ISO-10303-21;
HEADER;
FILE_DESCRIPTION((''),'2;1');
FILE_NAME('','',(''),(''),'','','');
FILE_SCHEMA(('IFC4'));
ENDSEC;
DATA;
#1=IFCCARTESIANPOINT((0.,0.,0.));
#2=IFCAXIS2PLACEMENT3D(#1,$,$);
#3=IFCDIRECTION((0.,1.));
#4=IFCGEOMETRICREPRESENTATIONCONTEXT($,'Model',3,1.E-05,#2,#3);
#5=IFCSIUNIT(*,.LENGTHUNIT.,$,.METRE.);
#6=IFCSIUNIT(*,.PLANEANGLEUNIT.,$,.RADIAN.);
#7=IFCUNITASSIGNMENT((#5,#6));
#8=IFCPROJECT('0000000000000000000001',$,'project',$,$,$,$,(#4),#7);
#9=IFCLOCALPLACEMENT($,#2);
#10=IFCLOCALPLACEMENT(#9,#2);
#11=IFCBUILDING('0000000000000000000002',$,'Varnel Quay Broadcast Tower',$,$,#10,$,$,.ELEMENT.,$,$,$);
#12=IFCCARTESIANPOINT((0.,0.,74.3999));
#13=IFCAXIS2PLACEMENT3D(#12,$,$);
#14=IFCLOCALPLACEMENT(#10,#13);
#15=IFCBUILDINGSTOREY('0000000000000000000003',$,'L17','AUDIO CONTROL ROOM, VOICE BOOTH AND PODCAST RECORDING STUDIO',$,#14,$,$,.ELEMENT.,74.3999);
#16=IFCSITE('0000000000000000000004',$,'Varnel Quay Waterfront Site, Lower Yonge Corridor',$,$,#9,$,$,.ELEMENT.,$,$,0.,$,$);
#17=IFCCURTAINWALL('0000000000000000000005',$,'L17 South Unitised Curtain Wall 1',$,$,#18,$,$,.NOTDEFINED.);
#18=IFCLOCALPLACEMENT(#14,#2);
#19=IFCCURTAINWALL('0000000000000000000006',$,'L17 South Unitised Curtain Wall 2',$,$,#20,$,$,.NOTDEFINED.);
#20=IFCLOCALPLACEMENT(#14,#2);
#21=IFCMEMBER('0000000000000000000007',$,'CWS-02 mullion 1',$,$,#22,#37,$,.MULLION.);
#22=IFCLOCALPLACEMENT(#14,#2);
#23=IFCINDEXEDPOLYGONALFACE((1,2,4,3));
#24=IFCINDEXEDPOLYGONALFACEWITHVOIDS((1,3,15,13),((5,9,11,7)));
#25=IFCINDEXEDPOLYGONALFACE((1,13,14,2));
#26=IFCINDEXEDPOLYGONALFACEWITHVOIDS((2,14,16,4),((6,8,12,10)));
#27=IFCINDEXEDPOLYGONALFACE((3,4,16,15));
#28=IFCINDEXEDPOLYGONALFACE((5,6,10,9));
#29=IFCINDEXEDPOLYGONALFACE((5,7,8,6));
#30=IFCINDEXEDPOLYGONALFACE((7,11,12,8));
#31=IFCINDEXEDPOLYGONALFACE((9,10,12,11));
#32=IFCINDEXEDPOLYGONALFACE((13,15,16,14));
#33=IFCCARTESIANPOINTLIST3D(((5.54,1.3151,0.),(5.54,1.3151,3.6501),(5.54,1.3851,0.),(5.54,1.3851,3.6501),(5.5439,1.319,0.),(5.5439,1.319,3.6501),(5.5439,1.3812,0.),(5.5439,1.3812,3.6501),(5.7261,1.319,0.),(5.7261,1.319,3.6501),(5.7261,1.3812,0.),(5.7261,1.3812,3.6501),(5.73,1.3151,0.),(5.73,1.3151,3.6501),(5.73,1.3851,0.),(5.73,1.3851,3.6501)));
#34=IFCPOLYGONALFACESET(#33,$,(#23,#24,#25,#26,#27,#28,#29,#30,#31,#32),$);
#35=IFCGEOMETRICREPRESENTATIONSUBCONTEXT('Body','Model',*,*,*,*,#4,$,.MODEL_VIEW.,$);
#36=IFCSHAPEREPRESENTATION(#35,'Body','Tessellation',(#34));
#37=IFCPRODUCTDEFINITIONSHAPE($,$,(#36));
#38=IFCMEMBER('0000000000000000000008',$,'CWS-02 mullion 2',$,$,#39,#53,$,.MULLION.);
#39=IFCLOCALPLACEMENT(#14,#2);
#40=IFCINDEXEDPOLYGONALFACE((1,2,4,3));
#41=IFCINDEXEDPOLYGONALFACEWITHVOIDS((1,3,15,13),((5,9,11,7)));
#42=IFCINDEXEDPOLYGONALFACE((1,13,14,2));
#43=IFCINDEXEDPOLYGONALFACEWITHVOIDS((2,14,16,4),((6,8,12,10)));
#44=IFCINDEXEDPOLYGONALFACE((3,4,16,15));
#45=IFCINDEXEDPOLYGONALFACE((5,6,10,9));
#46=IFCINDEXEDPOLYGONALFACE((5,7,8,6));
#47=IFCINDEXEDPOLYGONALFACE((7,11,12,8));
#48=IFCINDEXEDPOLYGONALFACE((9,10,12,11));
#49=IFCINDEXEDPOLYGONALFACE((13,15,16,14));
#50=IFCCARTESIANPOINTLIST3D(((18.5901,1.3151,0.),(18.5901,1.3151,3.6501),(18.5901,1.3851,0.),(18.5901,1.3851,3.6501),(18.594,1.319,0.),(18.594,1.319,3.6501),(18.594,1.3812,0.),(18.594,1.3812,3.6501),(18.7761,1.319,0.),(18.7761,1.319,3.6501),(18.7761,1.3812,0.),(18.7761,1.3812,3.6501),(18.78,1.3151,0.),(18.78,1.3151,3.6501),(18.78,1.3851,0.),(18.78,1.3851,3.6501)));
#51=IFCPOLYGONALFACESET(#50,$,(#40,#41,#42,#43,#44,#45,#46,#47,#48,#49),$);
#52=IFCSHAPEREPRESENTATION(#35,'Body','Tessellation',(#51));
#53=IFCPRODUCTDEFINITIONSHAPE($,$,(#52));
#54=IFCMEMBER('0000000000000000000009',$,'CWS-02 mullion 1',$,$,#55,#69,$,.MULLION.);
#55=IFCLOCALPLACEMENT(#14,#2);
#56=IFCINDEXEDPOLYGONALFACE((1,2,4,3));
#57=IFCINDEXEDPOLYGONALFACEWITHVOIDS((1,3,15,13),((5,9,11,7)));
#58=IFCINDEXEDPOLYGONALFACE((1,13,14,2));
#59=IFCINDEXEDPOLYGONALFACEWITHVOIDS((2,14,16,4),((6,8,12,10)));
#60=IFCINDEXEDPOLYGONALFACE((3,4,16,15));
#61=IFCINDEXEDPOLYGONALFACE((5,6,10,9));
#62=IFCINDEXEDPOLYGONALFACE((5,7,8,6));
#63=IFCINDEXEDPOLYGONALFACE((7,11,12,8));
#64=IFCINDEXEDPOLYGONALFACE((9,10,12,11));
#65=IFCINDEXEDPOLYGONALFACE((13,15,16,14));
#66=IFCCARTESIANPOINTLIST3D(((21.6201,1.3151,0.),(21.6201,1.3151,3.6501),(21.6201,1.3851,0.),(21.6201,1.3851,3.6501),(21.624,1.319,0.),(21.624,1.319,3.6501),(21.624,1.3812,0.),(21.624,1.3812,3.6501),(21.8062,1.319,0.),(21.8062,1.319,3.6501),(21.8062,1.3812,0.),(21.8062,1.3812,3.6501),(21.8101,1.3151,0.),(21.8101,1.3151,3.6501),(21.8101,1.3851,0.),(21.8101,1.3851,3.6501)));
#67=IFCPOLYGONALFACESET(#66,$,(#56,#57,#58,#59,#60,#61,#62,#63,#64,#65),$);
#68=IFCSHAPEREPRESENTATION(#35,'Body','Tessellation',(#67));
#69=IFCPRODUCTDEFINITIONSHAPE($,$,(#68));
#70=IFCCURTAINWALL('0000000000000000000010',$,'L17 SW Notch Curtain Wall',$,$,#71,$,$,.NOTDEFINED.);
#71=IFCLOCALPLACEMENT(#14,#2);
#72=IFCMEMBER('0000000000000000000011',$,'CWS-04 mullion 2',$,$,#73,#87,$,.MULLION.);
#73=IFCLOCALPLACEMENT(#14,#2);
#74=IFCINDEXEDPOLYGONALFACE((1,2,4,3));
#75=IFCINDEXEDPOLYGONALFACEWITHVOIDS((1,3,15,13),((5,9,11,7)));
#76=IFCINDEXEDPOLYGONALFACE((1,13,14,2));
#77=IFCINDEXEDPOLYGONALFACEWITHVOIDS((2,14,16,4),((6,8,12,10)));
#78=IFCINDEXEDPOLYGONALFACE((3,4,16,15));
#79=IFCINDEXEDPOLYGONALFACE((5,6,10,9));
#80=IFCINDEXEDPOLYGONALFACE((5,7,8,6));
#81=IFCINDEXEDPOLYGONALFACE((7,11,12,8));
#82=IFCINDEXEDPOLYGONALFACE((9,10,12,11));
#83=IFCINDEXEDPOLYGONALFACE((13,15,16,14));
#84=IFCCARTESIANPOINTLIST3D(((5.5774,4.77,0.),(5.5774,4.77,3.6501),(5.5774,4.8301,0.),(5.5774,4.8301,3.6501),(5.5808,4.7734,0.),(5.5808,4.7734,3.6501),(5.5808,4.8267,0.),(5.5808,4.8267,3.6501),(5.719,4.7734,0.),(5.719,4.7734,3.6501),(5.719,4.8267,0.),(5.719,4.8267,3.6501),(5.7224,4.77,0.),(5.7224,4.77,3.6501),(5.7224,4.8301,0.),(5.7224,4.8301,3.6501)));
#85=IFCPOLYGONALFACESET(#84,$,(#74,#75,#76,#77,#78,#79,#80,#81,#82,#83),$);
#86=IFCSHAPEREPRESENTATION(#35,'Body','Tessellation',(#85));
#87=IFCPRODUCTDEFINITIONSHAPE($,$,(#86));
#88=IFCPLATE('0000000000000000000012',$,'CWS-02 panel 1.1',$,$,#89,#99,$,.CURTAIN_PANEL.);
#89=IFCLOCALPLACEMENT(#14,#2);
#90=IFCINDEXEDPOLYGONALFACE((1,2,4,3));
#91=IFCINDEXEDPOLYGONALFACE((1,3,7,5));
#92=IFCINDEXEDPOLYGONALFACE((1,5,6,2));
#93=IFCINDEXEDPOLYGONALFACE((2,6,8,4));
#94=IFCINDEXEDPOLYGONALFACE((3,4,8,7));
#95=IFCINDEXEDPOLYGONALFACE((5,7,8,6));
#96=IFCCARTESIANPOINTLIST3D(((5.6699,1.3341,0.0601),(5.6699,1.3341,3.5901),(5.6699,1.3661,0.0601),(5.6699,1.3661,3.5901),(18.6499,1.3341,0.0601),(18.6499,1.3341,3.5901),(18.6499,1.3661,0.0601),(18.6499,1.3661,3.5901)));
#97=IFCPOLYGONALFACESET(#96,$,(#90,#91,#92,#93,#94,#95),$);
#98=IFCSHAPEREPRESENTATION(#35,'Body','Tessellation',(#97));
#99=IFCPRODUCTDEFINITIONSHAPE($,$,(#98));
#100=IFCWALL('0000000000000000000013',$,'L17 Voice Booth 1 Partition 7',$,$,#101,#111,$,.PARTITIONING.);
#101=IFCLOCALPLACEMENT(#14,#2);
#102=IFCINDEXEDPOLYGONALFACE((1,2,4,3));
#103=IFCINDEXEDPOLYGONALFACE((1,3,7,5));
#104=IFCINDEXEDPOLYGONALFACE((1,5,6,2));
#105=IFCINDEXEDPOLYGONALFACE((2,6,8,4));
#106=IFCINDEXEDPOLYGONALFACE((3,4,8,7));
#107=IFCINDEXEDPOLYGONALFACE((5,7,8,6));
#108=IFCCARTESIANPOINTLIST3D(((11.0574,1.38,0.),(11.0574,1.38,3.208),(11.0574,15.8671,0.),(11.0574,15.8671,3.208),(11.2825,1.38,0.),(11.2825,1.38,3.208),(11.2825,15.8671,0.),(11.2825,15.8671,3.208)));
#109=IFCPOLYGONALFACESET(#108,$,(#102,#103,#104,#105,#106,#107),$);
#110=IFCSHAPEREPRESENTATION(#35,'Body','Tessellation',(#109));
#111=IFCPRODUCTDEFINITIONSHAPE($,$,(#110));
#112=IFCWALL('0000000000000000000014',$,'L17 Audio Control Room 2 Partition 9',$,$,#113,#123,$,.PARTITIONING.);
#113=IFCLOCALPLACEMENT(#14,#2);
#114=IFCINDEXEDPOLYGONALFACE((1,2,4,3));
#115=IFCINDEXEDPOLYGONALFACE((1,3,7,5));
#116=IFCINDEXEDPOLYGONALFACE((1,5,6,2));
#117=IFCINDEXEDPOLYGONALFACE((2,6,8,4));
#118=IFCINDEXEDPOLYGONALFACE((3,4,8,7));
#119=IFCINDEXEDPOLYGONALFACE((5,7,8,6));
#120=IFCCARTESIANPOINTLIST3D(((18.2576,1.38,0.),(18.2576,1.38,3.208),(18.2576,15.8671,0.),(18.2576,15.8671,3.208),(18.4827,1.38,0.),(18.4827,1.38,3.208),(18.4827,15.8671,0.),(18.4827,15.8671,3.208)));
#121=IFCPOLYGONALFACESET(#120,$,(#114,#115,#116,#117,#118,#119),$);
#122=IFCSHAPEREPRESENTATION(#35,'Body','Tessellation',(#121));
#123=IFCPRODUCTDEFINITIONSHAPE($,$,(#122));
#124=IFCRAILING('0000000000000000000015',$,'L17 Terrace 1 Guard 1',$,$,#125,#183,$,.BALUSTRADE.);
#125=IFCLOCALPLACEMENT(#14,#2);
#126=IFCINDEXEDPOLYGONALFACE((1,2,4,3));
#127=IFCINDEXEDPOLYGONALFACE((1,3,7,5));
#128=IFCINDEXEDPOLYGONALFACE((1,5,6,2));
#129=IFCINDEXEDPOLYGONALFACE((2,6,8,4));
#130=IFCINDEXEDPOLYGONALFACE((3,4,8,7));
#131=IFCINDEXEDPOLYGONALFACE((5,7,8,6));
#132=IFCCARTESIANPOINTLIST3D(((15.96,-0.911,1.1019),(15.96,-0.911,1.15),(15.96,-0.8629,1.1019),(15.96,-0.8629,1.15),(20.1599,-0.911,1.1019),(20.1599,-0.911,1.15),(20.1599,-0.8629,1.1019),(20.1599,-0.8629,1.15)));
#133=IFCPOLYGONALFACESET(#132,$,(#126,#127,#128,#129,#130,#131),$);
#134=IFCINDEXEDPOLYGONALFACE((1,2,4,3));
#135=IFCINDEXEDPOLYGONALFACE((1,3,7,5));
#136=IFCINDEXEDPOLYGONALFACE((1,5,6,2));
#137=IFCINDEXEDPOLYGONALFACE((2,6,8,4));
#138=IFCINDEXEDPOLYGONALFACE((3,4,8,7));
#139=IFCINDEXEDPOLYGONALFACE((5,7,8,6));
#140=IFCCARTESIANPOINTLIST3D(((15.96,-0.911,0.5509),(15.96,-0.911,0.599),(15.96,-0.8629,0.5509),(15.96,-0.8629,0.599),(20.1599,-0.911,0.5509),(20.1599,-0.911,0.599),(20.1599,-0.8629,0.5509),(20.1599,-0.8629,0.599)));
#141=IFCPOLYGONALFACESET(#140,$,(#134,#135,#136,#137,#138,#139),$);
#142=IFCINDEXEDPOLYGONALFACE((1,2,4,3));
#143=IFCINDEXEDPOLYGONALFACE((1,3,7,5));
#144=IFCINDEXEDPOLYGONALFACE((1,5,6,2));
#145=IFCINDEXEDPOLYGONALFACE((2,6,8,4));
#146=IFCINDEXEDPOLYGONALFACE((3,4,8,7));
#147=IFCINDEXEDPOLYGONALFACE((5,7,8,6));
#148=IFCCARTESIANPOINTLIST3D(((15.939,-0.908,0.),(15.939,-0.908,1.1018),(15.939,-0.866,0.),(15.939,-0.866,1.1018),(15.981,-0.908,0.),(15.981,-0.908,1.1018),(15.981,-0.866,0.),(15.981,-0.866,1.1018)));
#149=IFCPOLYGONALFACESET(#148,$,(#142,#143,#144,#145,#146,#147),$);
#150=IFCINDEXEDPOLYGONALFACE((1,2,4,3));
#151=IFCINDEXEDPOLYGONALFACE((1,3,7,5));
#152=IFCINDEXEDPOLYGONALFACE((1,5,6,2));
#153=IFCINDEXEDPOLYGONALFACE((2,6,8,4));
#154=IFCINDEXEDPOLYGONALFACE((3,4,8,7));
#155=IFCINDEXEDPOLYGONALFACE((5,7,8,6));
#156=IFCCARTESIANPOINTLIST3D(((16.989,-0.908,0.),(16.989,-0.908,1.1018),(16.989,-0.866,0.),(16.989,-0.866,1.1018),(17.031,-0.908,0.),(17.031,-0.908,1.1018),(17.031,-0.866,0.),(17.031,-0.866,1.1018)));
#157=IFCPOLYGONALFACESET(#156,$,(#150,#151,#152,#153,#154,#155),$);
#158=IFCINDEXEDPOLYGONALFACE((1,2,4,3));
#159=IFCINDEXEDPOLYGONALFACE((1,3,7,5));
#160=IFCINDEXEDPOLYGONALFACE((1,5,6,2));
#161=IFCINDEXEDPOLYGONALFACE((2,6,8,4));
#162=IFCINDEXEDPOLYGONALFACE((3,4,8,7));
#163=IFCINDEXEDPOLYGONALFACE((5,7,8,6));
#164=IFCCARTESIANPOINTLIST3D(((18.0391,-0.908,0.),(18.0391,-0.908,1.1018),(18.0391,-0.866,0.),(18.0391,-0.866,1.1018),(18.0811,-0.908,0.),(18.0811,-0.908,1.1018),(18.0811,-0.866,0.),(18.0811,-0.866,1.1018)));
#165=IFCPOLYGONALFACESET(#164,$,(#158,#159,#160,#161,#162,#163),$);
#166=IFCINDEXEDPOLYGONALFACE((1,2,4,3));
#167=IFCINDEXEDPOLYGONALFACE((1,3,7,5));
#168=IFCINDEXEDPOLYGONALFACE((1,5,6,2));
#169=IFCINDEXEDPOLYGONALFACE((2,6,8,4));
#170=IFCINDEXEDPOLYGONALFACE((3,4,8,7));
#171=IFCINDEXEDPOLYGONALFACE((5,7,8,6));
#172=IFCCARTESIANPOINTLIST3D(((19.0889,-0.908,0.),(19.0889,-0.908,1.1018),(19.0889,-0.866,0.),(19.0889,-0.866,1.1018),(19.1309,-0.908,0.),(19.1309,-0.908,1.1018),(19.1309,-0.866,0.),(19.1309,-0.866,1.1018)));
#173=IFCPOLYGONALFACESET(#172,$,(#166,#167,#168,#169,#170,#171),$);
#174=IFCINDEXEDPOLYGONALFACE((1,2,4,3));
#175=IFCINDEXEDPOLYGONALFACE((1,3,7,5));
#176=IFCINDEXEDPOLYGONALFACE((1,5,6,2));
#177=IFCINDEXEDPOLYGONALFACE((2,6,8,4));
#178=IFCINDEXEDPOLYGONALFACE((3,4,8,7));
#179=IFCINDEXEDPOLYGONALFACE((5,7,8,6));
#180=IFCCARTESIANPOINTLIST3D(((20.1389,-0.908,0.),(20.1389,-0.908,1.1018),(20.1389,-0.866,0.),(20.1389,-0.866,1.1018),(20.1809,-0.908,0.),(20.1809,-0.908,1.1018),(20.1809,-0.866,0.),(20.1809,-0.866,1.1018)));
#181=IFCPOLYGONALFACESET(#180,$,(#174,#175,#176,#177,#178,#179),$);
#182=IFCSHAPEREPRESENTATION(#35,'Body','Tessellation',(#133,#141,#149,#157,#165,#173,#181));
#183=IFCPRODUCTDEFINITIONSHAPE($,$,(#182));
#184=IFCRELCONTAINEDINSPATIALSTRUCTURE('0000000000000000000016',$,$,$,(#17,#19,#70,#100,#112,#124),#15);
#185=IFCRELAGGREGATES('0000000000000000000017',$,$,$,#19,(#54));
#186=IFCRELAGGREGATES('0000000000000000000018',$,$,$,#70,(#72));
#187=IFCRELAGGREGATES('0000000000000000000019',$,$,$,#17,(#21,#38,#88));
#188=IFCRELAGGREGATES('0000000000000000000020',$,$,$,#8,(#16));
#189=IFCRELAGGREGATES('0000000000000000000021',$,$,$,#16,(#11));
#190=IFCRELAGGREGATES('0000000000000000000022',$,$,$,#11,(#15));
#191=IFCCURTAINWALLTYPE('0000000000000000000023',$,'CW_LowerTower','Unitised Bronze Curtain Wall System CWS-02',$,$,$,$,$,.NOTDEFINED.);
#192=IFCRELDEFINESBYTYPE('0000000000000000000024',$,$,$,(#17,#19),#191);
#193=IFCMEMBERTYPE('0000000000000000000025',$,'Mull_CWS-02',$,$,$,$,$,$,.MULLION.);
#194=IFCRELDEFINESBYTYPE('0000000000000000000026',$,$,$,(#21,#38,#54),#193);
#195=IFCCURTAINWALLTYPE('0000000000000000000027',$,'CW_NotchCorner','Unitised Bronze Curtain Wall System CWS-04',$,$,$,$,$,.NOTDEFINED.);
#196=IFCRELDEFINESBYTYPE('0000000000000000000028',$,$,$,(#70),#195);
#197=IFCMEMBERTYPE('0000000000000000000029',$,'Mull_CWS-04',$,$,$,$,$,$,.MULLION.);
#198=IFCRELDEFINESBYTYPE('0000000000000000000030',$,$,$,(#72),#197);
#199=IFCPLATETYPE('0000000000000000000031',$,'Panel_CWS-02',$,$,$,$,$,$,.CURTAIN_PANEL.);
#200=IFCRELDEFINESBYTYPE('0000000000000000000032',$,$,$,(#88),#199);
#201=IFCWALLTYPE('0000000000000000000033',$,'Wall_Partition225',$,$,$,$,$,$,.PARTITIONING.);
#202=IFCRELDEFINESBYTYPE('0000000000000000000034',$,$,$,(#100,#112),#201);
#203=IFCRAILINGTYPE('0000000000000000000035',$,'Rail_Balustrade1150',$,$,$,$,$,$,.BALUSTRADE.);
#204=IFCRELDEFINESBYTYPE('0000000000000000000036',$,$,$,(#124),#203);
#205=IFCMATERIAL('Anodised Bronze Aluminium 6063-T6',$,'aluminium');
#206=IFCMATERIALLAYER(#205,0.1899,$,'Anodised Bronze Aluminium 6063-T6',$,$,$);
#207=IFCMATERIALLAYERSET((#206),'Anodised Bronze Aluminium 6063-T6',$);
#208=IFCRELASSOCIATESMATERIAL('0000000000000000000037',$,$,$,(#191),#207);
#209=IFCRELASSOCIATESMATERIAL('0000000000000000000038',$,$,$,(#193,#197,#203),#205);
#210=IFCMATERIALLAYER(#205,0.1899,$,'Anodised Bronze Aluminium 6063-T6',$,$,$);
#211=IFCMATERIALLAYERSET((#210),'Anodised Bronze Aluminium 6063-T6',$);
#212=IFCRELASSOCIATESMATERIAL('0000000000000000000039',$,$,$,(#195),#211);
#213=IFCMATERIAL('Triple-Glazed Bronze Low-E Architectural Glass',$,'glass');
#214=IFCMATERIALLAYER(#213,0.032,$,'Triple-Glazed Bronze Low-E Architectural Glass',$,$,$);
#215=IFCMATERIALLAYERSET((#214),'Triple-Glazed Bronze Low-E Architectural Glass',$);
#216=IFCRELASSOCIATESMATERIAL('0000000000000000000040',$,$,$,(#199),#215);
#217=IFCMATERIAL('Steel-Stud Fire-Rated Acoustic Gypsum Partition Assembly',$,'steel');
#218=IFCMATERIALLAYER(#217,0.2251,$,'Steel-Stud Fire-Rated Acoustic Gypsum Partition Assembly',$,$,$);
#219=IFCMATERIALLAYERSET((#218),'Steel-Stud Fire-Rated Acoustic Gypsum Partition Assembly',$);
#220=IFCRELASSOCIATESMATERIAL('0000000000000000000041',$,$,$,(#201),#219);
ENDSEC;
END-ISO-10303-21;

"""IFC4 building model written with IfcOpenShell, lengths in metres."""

from ifc_helpers import new_model, si_unit, direction, frame, frame_2d, origin, origin_2d, place, context, subcontext, project, spatial, rectangle, hollow_rectangle, extrude, source, transform, mapped, material, layer, layer_set, material_profile, profile_set, type_object, type_shapes, element, aggregate, save


model = new_model("IFC4")

# Units and contexts
model_context = context("Model", 3, precision=1e-05, world=origin(), true_north=direction((0.0, 1.0)))
body_context = subcontext(model_context, "Body", "Model", "MODEL_VIEW")
ifc_project = project(units=[si_unit("LENGTHUNIT", "METRE"), si_unit("PLANEANGLEUNIT", "RADIAN")], contexts=[model_context])

# Site, building, storey
site_placement = place(None, origin())
site = spatial("IfcSite", under=ifc_project, at=site_placement, Name="Varnel Quay Waterfront Site, Lower Yonge Corridor", CompositionType="ELEMENT", RefElevation=0.0)
building_placement = place(site_placement, origin())
building = spatial("IfcBuilding", under=site, at=building_placement, Name="Varnel Quay Broadcast Tower", CompositionType="ELEMENT")
storey_placement = place(building_placement, frame((0.0, 0.0, 74.3999)))
storey = spatial("IfcBuildingStorey", under=building, at=storey_placement, Name="L17", Description="AUDIO CONTROL ROOM, VOICE BOOTH AND PODCAST RECORDING STUDIO", CompositionType="ELEMENT", Elevation=74.3999)

# Curtain walls
ifc_material_1 = material(Name="Anodised Bronze Aluminium 6063-T6", Category="aluminium")
ifc_layer_1 = layer(ifc_material_1, 0.1899, Name="Anodised Bronze Aluminium 6063-T6")
ifc_layer_set_1 = layer_set([ifc_layer_1], Name="Anodised Bronze Aluminium 6063-T6")
curtain_wall_type_1 = type_object("IfcCurtainWallType", Name="CW_LowerTower", Description="Unitised Bronze Curtain Wall System CWS-02", PredefinedType="NOTDEFINED", material=ifc_layer_set_1)
curtain_wall_1_placement = place(storey_placement, origin())
curtain_wall_1 = element("IfcCurtainWall", 1, at=curtain_wall_1_placement, inside=storey, type_object=curtain_wall_type_1, Name="L17 South Unitised Curtain Wall 1", PredefinedType="NOTDEFINED")
curtain_wall_2_placement = place(storey_placement, origin())
curtain_wall_2 = element("IfcCurtainWall", 2, at=curtain_wall_2_placement, inside=storey, type_object=curtain_wall_type_1, Name="L17 South Unitised Curtain Wall 2", PredefinedType="NOTDEFINED")

# Members
ifc_material_profile_1 = material_profile(ifc_material_1, hollow_rectangle(XDim=0.0701, YDim=0.1899, WallThickness=0.0039, at=origin_2d()), Name="ALU70X190X4")
ifc_profile_set_1 = profile_set([ifc_material_profile_1], Name="Anodised Bronze Aluminium 6063-T6")
member_type_1 = type_object("IfcMemberType", Name="Mull_CWS-02", PredefinedType="MULLION", material=ifc_profile_set_1)
shared_shape_1 = source(origin(), body_context, "Body", "SweptSolid", [
    extrude(hollow_rectangle(XDim=0.0701, YDim=0.1899, WallThickness=0.0039, at=origin_2d()), origin(), (0.0, 0.0, 1.0), 3.6501),
])
type_shapes(member_type_1, [shared_shape_1])
member_1_placement = place(storey_placement, frame((5.635, 1.3501, 0.0), z_axis=(0.0, 0.0, 1.0), x_axis=(0.0, 1.0, 0.0)))
member_1 = element("IfcMember", 3, at=member_1_placement, type_object=member_type_1, Name="CWS-02 mullion 1", PredefinedType="MULLION", context=body_context, shape_type="MappedRepresentation", body=[
    mapped(shared_shape_1, transform((0.0, 0.0, 0.0), x_axis=(1.0, 0.0, 0.0), y_axis=(0.0, 1.0, 0.0), z_axis=(0.0, 0.0, 1.0), scale=1.0)),
])
member_2_placement = place(storey_placement, frame((18.6851, 1.3501, 0.0), z_axis=(0.0, 0.0, 1.0), x_axis=(0.0, 1.0, 0.0)))
member_2 = element("IfcMember", 4, at=member_2_placement, type_object=member_type_1, Name="CWS-02 mullion 2", PredefinedType="MULLION", context=body_context, shape_type="MappedRepresentation", body=[
    mapped(shared_shape_1, transform((0.0, 0.0, 0.0), x_axis=(1.0, 0.0, 0.0), y_axis=(0.0, 1.0, 0.0), z_axis=(0.0, 0.0, 1.0), scale=1.0)),
])
member_3_placement = place(storey_placement, frame((21.7151, 1.3501, 0.0), z_axis=(0.0, 0.0, 1.0), x_axis=(0.0, 1.0, 0.0)))
member_3 = element("IfcMember", 5, at=member_3_placement, type_object=member_type_1, Name="CWS-02 mullion 1", PredefinedType="MULLION", context=body_context, shape_type="MappedRepresentation", body=[
    mapped(shared_shape_1, transform((0.0, 0.0, 0.0), x_axis=(1.0, 0.0, 0.0), y_axis=(0.0, 1.0, 0.0), z_axis=(0.0, 0.0, 1.0), scale=1.0)),
])
aggregate(curtain_wall_2, [member_3])

# Curtain wall, member
ifc_layer_2 = layer(ifc_material_1, 0.1899, Name="Anodised Bronze Aluminium 6063-T6")
ifc_layer_set_2 = layer_set([ifc_layer_2], Name="Anodised Bronze Aluminium 6063-T6")
curtain_wall_type_2 = type_object("IfcCurtainWallType", Name="CW_NotchCorner", Description="Unitised Bronze Curtain Wall System CWS-04", PredefinedType="NOTDEFINED", material=ifc_layer_set_2)
curtain_wall_3_placement = place(storey_placement, origin())
curtain_wall_3 = element("IfcCurtainWall", 6, at=curtain_wall_3_placement, inside=storey, type_object=curtain_wall_type_2, Name="L17 SW Notch Curtain Wall", PredefinedType="NOTDEFINED")
ifc_material_profile_2 = material_profile(ifc_material_1, hollow_rectangle(XDim=0.0601, YDim=0.145, WallThickness=0.0034, at=origin_2d()), Name="ALU60X145X3.5")
ifc_profile_set_2 = profile_set([ifc_material_profile_2], Name="Anodised Bronze Aluminium 6063-T6")
member_type_2 = type_object("IfcMemberType", Name="Mull_CWS-04", PredefinedType="MULLION", material=ifc_profile_set_2)
shared_shape_2 = source(origin(), body_context, "Body", "SweptSolid", [
    extrude(hollow_rectangle(XDim=0.0601, YDim=0.145, WallThickness=0.0034, at=origin_2d()), origin(), (0.0, 0.0, 1.0), 3.6501),
])
type_shapes(member_type_2, [shared_shape_2])
member_4_placement = place(storey_placement, frame((5.6499, 4.8, 0.0), z_axis=(0.0, 0.0, 1.0), x_axis=(0.0, 1.0, 0.0)))
member_4 = element("IfcMember", 7, at=member_4_placement, type_object=member_type_2, Name="CWS-04 mullion 2", PredefinedType="MULLION", context=body_context, shape_type="MappedRepresentation", body=[
    mapped(shared_shape_2, transform((0.0, 0.0, 0.0), x_axis=(1.0, 0.0, 0.0), y_axis=(0.0, 1.0, 0.0), z_axis=(0.0, 0.0, 1.0), scale=1.0)),
])
aggregate(curtain_wall_3, [member_4])

# Plate
ifc_material_2 = material(Name="Triple-Glazed Bronze Low-E Architectural Glass", Category="glass")
ifc_layer_3 = layer(ifc_material_2, 0.032, Name="Triple-Glazed Bronze Low-E Architectural Glass")
ifc_layer_set_3 = layer_set([ifc_layer_3], Name="Triple-Glazed Bronze Low-E Architectural Glass")
plate_type = type_object("IfcPlateType", Name="Panel_CWS-02", PredefinedType="CURTAIN_PANEL", material=ifc_layer_set_3)
shared_shape_3 = source(origin(), body_context, "Body", "SweptSolid", [
    extrude(rectangle(XDim=12.98, YDim=0.032, at=origin_2d()), origin(), (0.0, 0.0, 1.0), 3.53),
])
type_shapes(plate_type, [shared_shape_3])
plate_placement = place(storey_placement, frame((12.1599, 1.3501, 0.0601), z_axis=(0.0, 0.0, 1.0), x_axis=(1.0, 0.0, 0.0)))
plate = element("IfcPlate", 8, at=plate_placement, type_object=plate_type, Name="CWS-02 panel 1.1", PredefinedType="CURTAIN_PANEL", context=body_context, shape_type="MappedRepresentation", body=[
    mapped(shared_shape_3, transform((0.0, 0.0, 0.0), x_axis=(1.0, 0.0, 0.0), y_axis=(0.0, 1.0, 0.0), z_axis=(0.0, 0.0, 1.0), scale=1.0)),
])
aggregate(curtain_wall_1, [member_1, member_2, plate])

# Walls
ifc_material_3 = material(Name="Steel-Stud Fire-Rated Acoustic Gypsum Partition Assembly", Category="steel")
ifc_layer_4 = layer(ifc_material_3, 0.2251, Name="Steel-Stud Fire-Rated Acoustic Gypsum Partition Assembly")
ifc_layer_set_4 = layer_set([ifc_layer_4], Name="Steel-Stud Fire-Rated Acoustic Gypsum Partition Assembly")
wall_type_1 = type_object("IfcWallType", Name="Wall_Partition225", PredefinedType="PARTITIONING", material=ifc_layer_set_4)
for number, where, z_axis, x_axis, name in (
    (9, (11.1699, 1.3799, 0.0), (0.0, 0.0, 1.0), (0.0, 1.0, 0.0), "L17 Voice Booth 1 Partition 7"),
    (10, (18.3701, 1.3799, 0.0), (0.0, 0.0, 1.0), (0.0, 1.0, 0.0), "L17 Audio Control Room 2 Partition 9"),
):
    element("IfcWall", number, at=place(storey_placement, frame(where, z_axis=z_axis, x_axis=x_axis)), inside=storey, type_object=wall_type_1, Name=name, PredefinedType="PARTITIONING", context=body_context, shape_type="SweptSolid", body=[
        extrude(rectangle(XDim=14.4871, YDim=0.2251, at=frame_2d((7.2437, 0.0))), origin(), (0.0, 0.0, 1.0), 3.208),
    ])

# Railing
railing_type = type_object("IfcRailingType", Name="Rail_Balustrade1150", PredefinedType="BALUSTRADE", material=ifc_material_1)
railing_1_placement = place(storey_placement, frame((15.96, -0.887, 0.0)))
element("IfcRailing", 11, at=railing_1_placement, inside=storey, type_object=railing_type, Name="L17 Terrace 1 Guard 1", PredefinedType="BALUSTRADE", context=body_context, shape_type="SweptSolid", body=[
    extrude(rectangle(XDim=0.0481, YDim=0.0481, at=origin_2d()), frame((0.0, 0.0, 1.126), z_axis=(1.0, 0.0, 0.0), x_axis=(0.0, 1.0, 0.0)), (0.0, 0.0, 1.0), 4.2),
    extrude(rectangle(XDim=0.0481, YDim=0.0481, at=origin_2d()), frame((0.0, 0.0, 0.575), z_axis=(1.0, 0.0, 0.0), x_axis=(0.0, 1.0, 0.0)), (0.0, 0.0, 1.0), 4.2),
    extrude(rectangle(XDim=0.042, YDim=0.042, at=origin_2d()), origin(), (0.0, 0.0, 1.0), 1.1018),
    extrude(rectangle(XDim=0.042, YDim=0.042, at=origin_2d()), frame((1.05, 0.0, 0.0)), (0.0, 0.0, 1.0), 1.1018),
    extrude(rectangle(XDim=0.042, YDim=0.042, at=origin_2d()), frame((2.1001, 0.0, 0.0)), (0.0, 0.0, 1.0), 1.1018),
    extrude(rectangle(XDim=0.042, YDim=0.042, at=origin_2d()), frame((3.1499, 0.0, 0.0)), (0.0, 0.0, 1.0), 1.1018),
    extrude(rectangle(XDim=0.042, YDim=0.042, at=origin_2d()), frame((4.2, 0.0, 0.0)), (0.0, 0.0, 1.0), 1.1018),
])

save(model, "model.ifc")
